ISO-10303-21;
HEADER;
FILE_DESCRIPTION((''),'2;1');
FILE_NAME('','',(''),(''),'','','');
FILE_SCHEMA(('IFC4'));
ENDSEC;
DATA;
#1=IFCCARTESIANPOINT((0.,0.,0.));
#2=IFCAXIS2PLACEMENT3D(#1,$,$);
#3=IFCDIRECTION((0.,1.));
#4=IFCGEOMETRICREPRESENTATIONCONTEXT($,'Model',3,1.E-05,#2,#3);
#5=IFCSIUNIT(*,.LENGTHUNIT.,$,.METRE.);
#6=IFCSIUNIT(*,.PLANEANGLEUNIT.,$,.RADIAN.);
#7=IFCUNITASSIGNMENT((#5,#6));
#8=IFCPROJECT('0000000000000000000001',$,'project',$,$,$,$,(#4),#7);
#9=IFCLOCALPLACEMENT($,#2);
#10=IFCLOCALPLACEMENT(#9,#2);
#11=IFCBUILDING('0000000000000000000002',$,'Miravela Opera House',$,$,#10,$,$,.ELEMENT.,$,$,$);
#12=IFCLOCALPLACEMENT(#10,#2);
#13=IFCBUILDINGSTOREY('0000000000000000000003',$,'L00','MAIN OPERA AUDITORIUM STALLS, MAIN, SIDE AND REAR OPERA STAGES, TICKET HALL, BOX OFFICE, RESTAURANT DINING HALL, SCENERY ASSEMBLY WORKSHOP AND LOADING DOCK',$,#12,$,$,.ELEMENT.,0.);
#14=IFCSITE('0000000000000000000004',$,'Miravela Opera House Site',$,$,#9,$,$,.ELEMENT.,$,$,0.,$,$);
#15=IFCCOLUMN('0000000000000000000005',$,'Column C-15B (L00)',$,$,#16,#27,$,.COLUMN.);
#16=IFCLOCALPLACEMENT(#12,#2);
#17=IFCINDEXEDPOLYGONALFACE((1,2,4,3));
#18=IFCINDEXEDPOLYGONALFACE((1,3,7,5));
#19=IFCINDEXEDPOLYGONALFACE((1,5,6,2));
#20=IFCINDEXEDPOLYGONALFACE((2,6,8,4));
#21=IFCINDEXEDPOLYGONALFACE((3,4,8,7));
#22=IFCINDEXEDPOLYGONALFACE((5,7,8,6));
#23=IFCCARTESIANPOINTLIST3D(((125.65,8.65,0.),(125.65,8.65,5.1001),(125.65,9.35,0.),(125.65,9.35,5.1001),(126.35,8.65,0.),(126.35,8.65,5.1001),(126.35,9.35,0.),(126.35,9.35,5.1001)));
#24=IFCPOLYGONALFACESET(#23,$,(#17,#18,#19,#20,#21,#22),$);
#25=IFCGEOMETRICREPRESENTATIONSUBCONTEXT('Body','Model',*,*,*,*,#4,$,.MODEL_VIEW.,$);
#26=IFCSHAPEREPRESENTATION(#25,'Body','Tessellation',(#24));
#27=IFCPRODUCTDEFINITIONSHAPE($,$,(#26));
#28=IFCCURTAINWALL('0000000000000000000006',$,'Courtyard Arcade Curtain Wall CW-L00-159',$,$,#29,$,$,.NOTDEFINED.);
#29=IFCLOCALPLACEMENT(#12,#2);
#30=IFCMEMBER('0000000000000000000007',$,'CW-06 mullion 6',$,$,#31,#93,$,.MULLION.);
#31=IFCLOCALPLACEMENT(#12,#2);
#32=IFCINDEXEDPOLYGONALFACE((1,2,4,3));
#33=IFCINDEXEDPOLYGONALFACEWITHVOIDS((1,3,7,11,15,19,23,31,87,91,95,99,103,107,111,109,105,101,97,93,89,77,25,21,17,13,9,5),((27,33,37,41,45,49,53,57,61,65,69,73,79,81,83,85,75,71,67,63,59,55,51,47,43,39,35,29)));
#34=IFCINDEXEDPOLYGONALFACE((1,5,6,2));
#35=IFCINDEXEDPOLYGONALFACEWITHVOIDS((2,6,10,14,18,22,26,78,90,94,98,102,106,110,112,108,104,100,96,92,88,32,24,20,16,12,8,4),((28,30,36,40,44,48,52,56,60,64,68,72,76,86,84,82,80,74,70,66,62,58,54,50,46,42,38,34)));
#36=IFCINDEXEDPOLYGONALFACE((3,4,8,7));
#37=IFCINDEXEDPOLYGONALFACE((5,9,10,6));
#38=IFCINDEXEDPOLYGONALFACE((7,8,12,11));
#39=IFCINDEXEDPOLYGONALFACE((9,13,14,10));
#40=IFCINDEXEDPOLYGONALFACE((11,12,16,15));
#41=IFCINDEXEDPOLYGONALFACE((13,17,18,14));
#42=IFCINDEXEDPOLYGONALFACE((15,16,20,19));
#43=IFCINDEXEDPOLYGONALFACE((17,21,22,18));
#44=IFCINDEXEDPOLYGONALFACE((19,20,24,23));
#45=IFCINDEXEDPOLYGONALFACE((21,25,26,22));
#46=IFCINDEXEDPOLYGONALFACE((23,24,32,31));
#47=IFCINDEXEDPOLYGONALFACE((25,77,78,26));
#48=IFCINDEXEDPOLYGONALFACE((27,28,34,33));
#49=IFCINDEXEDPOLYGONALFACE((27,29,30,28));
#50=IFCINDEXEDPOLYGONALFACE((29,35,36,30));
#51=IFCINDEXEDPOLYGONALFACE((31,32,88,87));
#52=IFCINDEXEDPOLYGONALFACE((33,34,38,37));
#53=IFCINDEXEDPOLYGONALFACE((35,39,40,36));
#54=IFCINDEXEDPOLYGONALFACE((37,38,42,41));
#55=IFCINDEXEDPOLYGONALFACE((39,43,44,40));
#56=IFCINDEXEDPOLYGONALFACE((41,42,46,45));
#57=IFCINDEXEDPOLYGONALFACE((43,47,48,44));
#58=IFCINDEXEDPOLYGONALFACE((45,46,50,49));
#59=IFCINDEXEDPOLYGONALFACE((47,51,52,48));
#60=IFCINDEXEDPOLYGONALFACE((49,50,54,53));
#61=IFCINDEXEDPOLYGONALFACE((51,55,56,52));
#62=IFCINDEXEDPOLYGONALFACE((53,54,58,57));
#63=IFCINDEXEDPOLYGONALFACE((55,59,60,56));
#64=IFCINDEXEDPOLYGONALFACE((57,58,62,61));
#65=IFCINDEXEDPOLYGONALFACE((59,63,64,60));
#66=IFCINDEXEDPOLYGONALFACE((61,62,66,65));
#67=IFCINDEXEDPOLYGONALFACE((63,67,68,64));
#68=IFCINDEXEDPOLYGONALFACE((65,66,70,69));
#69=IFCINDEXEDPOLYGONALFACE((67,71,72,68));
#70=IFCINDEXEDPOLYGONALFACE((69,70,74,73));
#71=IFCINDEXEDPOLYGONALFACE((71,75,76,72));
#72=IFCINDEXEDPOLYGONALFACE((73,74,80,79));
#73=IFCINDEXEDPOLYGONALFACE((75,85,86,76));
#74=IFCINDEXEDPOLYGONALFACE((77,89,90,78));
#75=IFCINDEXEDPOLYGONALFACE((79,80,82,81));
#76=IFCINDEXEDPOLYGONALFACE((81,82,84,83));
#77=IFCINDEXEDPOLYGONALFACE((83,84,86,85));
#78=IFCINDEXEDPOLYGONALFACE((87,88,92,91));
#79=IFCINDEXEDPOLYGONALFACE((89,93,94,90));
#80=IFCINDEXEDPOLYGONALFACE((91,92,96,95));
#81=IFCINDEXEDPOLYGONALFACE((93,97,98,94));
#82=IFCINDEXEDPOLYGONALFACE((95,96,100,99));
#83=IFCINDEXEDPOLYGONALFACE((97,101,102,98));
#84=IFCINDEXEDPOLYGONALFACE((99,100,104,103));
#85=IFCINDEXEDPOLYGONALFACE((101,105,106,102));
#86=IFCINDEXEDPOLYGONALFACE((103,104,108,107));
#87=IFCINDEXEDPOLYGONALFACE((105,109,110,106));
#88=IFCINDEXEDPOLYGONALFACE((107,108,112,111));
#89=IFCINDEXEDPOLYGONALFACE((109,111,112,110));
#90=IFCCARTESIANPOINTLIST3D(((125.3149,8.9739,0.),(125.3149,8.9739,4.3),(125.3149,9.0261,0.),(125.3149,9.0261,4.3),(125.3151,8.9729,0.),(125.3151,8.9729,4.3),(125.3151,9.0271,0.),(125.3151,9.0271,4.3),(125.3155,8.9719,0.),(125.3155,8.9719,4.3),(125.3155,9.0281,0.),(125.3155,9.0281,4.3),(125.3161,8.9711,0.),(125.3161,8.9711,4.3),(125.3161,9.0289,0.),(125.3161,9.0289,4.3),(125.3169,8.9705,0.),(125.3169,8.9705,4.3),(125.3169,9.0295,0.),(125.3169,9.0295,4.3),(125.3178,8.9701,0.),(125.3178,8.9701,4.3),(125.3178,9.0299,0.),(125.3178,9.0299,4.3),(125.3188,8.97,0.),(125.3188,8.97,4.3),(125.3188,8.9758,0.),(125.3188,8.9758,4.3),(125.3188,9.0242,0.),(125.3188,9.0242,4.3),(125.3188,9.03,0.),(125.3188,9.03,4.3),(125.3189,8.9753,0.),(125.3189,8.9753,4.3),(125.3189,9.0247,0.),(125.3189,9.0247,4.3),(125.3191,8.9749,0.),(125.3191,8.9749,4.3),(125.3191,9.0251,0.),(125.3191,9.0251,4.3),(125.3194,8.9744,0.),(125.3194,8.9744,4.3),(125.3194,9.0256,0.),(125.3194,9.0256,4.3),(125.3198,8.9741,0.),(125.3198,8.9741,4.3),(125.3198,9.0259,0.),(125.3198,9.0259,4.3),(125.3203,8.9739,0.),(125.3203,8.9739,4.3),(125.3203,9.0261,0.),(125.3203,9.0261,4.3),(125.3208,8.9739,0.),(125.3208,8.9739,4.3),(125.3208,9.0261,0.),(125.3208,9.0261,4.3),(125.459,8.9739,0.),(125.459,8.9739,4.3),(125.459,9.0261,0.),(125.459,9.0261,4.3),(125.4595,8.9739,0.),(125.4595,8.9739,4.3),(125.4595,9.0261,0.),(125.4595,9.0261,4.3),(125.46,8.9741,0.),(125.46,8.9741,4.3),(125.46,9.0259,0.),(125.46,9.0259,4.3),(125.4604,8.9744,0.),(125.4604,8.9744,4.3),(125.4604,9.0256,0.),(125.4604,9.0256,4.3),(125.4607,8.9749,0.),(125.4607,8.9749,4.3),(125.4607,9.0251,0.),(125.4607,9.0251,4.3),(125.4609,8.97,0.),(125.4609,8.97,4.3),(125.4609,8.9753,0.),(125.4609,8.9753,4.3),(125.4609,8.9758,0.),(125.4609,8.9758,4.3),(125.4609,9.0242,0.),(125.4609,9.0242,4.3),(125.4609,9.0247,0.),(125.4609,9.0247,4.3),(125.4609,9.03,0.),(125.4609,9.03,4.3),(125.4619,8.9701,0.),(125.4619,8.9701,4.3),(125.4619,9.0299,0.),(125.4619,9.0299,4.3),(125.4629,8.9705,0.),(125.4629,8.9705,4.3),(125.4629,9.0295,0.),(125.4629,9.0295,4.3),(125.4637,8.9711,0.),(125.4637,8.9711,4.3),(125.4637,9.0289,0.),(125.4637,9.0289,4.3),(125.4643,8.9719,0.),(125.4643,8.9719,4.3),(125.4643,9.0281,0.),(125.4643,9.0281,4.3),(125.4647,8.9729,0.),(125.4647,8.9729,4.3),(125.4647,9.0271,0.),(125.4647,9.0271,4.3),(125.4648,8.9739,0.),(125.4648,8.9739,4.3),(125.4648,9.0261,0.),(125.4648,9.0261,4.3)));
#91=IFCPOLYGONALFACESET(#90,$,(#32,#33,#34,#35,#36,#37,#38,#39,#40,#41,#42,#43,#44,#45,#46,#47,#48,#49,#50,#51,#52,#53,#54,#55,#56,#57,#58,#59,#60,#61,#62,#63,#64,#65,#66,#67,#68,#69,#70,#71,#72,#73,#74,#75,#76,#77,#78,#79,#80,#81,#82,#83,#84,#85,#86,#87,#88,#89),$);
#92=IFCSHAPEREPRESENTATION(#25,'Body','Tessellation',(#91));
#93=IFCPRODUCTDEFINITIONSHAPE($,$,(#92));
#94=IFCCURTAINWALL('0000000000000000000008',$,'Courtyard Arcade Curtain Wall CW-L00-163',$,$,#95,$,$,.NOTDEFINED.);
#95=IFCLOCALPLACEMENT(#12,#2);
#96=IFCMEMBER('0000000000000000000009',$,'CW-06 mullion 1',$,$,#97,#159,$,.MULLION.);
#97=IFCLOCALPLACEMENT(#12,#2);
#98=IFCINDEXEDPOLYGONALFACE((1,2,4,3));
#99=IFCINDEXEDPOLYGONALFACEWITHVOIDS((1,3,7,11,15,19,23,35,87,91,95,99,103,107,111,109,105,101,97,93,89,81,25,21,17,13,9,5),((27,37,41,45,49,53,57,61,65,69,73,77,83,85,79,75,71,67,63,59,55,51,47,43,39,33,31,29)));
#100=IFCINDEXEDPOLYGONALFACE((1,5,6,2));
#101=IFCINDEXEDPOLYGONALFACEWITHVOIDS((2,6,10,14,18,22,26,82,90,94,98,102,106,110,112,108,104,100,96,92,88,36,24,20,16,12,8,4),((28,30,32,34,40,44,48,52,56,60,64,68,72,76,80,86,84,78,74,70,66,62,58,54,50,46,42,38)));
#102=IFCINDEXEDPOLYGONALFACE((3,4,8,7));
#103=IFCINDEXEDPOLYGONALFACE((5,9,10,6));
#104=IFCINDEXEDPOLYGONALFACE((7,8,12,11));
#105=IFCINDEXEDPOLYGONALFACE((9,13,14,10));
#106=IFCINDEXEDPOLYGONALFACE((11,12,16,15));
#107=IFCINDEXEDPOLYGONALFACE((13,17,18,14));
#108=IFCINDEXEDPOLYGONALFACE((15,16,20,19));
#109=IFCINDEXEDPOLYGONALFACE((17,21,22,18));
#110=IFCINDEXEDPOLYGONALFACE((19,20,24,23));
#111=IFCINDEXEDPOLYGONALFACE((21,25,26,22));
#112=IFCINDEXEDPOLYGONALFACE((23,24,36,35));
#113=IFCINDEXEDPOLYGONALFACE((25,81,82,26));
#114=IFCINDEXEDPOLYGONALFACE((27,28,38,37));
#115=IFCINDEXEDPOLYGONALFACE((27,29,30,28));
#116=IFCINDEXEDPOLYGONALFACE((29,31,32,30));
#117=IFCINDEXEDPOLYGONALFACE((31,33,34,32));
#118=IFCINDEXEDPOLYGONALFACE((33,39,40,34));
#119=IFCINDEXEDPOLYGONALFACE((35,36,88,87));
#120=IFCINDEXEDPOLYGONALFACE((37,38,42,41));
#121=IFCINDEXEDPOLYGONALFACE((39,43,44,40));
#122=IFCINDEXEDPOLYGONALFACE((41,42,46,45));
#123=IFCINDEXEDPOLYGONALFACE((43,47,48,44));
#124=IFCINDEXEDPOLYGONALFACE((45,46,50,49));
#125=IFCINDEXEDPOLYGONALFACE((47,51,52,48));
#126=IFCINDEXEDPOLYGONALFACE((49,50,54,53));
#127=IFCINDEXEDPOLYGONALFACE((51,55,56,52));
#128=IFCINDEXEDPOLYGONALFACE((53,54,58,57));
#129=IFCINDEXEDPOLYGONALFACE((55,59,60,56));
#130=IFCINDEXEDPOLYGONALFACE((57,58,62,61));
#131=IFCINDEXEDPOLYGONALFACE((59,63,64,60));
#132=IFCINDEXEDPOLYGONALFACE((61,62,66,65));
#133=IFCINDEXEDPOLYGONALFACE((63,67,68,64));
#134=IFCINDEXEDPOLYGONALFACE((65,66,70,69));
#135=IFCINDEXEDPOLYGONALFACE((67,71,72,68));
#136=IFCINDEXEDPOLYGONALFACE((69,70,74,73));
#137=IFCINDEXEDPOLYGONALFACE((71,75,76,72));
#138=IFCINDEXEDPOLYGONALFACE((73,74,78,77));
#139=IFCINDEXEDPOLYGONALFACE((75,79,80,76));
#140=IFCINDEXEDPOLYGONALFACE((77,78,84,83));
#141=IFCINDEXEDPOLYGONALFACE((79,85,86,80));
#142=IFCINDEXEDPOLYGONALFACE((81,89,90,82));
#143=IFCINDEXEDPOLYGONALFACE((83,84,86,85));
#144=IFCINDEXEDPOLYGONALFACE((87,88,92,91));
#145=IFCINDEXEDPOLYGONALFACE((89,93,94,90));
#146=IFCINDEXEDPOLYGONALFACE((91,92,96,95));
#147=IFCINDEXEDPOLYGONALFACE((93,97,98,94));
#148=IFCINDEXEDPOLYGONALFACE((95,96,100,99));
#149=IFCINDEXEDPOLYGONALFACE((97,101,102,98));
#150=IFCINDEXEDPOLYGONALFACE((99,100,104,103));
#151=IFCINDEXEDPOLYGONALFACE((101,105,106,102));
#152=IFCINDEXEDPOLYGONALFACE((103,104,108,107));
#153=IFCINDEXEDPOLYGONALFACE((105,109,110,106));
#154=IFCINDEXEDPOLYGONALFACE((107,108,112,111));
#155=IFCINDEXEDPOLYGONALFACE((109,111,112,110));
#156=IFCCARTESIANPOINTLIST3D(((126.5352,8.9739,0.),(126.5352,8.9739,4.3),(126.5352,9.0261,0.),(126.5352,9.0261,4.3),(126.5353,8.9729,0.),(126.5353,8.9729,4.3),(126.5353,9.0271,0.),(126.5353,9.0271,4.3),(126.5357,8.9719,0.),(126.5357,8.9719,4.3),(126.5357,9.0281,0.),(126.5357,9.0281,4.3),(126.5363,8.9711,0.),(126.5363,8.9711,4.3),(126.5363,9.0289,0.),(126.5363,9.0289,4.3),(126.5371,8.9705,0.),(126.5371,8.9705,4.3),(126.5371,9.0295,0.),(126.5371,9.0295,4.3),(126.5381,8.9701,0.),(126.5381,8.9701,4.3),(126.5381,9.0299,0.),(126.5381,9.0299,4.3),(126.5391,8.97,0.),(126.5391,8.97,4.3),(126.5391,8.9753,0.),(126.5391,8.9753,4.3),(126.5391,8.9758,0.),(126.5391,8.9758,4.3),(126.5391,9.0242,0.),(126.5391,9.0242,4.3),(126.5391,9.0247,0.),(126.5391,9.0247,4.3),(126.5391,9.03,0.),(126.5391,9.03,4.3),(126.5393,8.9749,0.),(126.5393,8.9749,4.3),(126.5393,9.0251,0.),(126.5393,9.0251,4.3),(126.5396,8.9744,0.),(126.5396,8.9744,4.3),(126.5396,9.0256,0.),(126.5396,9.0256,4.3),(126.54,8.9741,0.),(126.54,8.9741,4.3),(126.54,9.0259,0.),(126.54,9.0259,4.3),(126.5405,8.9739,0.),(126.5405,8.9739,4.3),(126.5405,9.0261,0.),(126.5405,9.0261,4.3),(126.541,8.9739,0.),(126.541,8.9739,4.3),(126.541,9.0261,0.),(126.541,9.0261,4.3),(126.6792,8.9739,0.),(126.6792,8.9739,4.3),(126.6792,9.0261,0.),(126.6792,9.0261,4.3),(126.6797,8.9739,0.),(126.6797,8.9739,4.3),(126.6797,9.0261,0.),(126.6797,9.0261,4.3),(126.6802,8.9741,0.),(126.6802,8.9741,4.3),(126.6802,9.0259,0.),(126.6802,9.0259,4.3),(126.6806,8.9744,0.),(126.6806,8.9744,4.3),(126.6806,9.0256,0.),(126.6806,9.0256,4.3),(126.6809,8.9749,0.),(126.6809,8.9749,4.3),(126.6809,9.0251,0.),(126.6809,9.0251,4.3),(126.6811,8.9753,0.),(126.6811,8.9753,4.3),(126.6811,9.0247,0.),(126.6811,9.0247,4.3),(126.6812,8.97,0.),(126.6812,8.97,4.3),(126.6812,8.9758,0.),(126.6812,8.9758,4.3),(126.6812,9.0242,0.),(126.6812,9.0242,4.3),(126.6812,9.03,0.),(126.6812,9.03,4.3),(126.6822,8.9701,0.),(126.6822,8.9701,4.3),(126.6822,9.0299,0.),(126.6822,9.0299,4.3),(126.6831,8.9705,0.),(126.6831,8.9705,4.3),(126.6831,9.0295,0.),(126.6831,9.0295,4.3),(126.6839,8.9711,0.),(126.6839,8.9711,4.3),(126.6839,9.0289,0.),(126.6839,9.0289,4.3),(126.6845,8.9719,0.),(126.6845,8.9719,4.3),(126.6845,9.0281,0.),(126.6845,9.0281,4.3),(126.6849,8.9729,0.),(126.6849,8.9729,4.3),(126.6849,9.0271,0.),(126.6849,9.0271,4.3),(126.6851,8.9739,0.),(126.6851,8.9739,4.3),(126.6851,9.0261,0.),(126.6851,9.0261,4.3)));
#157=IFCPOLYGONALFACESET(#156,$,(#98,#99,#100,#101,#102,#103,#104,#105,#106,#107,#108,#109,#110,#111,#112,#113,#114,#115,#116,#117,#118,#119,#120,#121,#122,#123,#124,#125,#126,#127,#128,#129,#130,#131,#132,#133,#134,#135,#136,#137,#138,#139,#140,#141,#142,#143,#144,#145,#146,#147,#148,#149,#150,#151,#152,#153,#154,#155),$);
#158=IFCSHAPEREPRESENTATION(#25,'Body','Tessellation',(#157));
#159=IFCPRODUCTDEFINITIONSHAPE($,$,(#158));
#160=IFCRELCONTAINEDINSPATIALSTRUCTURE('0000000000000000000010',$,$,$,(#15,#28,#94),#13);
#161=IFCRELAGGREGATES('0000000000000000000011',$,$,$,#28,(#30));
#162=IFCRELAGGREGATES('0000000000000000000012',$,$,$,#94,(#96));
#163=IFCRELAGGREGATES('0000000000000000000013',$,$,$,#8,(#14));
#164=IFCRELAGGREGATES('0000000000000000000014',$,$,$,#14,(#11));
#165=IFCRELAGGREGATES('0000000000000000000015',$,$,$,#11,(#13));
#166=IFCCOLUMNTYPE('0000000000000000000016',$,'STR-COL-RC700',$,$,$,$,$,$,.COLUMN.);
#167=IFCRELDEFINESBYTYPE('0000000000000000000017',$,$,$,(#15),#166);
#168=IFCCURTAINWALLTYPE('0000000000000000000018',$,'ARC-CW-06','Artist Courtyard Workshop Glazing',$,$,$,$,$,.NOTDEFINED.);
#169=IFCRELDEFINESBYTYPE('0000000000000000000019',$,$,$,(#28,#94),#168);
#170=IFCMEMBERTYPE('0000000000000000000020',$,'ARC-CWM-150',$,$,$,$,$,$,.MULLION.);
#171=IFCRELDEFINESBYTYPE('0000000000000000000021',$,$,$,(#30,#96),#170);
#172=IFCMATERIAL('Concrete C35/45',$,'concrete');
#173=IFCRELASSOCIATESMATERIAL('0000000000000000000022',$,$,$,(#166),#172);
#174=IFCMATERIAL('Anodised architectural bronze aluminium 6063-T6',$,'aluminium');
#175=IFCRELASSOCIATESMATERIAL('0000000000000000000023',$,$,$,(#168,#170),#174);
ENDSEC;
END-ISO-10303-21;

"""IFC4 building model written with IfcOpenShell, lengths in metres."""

from ifc_helpers import new_model, si_unit, direction, frame, origin, origin_2d, place, context, subcontext, project, spatial, rectangle, hollow_rectangle, extrude, material, material_profile, profile_set, type_object, element, aggregate, save


model = new_model("IFC4")

# Units and contexts
model_context = context("Model", 3, precision=1e-05, world=origin(), true_north=direction((0.0, 1.0)))
body_context = subcontext(model_context, "Body", "Model", "MODEL_VIEW")
ifc_project = project(units=[si_unit("LENGTHUNIT", "METRE"), si_unit("PLANEANGLEUNIT", "RADIAN")], contexts=[model_context])

# Site, building, storey
site_placement = place(None, origin())
site = spatial("IfcSite", under=ifc_project, at=site_placement, Name="Miravela Opera House Site", CompositionType="ELEMENT", RefElevation=0.0)
building_placement = place(site_placement, origin())
building = spatial("IfcBuilding", under=site, at=building_placement, Name="Miravela Opera House", CompositionType="ELEMENT")
storey_placement = place(building_placement, origin())
storey = spatial("IfcBuildingStorey", under=building, at=storey_placement, Name="L00", Description="MAIN OPERA AUDITORIUM STALLS, MAIN, SIDE AND REAR OPERA STAGES, TICKET HALL, BOX OFFICE, RESTAURANT DINING HALL, SCENERY ASSEMBLY WORKSHOP AND LOADING DOCK", CompositionType="ELEMENT", Elevation=0.0)

# Column
ifc_material_1 = material(Name="Concrete C35/45", Category="concrete")
ifc_material_profile_1 = material_profile(ifc_material_1, rectangle(XDim=0.7, YDim=0.7, at=origin_2d()), Name="RC-COL-700X700")
ifc_profile_set_1 = profile_set([ifc_material_profile_1])
column_type = type_object("IfcColumnType", Name="STR-COL-RC700", PredefinedType="COLUMN", material=ifc_profile_set_1)
column_placement = place(storey_placement, frame((126.0, 9.0, 0.0), z_axis=(0.0, 0.0, 1.0), x_axis=(1.0, 0.0, 0.0)))
element("IfcColumn", 1, at=column_placement, inside=storey, type_object=column_type, Name="Column C-15B (L00)", PredefinedType="COLUMN", context=body_context, shape_type="SweptSolid", body=[
    extrude(rectangle(XDim=0.7, YDim=0.7, at=origin_2d()), origin(), (0.0, 0.0, 1.0), 5.1001),
])

# Curtain wall, member
ifc_material_2 = material(Name="Anodised architectural bronze aluminium 6063-T6", Category="aluminium")
curtain_wall_type = type_object("IfcCurtainWallType", Name="ARC-CW-06", Description="Artist Courtyard Workshop Glazing", PredefinedType="NOTDEFINED", material=ifc_material_2)
curtain_wall_1_placement = place(storey_placement, origin())
curtain_wall_1 = element("IfcCurtainWall", 2, at=curtain_wall_1_placement, inside=storey, type_object=curtain_wall_type, Name="Courtyard Arcade Curtain Wall CW-L00-159", PredefinedType="NOTDEFINED")
ifc_material_profile_2 = material_profile(ifc_material_2, hollow_rectangle(XDim=0.0601, YDim=0.1499, WallThickness=0.0039, InnerFilletRadius=0.002, OuterFilletRadius=0.0039, at=origin_2d()), Name="CWM-60X150")
ifc_profile_set_2 = profile_set([ifc_material_profile_2])
member_type_1 = type_object("IfcMemberType", Name="ARC-CWM-150", PredefinedType="MULLION", material=ifc_profile_set_2)
member_1_placement = place(storey_placement, frame((125.3899, 9.0, 0.0), z_axis=(0.0, 0.0, 1.0), x_axis=(0.0, 1.0, 0.0)))
member_1 = element("IfcMember", 3, at=member_1_placement, type_object=member_type_1, Name="CW-06 mullion 6", PredefinedType="MULLION", context=body_context, shape_type="SweptSolid", body=[
    extrude(hollow_rectangle(XDim=0.0601, YDim=0.1499, WallThickness=0.0039, InnerFilletRadius=0.002, OuterFilletRadius=0.0039, at=origin_2d()), origin(), (0.0, 0.0, 1.0), 4.3),
])

# Curtain wall, member
curtain_wall_2_placement = place(storey_placement, origin())
curtain_wall_2 = element("IfcCurtainWall", 4, at=curtain_wall_2_placement, inside=storey, type_object=curtain_wall_type, Name="Courtyard Arcade Curtain Wall CW-L00-163", PredefinedType="NOTDEFINED")
member_2_placement = place(storey_placement, frame((126.6101, 9.0, 0.0), z_axis=(0.0, 0.0, 1.0), x_axis=(0.0, 1.0, 0.0)))
member_2 = element("IfcMember", 5, at=member_2_placement, type_object=member_type_1, Name="CW-06 mullion 1", PredefinedType="MULLION", context=body_context, shape_type="SweptSolid", body=[
    extrude(hollow_rectangle(XDim=0.0601, YDim=0.1499, WallThickness=0.0039, InnerFilletRadius=0.002, OuterFilletRadius=0.0039, at=origin_2d()), origin(), (0.0, 0.0, 1.0), 4.3),
])

aggregate(curtain_wall_1, [member_1])
aggregate(curtain_wall_2, [member_2])

save(model, "model.ifc")
